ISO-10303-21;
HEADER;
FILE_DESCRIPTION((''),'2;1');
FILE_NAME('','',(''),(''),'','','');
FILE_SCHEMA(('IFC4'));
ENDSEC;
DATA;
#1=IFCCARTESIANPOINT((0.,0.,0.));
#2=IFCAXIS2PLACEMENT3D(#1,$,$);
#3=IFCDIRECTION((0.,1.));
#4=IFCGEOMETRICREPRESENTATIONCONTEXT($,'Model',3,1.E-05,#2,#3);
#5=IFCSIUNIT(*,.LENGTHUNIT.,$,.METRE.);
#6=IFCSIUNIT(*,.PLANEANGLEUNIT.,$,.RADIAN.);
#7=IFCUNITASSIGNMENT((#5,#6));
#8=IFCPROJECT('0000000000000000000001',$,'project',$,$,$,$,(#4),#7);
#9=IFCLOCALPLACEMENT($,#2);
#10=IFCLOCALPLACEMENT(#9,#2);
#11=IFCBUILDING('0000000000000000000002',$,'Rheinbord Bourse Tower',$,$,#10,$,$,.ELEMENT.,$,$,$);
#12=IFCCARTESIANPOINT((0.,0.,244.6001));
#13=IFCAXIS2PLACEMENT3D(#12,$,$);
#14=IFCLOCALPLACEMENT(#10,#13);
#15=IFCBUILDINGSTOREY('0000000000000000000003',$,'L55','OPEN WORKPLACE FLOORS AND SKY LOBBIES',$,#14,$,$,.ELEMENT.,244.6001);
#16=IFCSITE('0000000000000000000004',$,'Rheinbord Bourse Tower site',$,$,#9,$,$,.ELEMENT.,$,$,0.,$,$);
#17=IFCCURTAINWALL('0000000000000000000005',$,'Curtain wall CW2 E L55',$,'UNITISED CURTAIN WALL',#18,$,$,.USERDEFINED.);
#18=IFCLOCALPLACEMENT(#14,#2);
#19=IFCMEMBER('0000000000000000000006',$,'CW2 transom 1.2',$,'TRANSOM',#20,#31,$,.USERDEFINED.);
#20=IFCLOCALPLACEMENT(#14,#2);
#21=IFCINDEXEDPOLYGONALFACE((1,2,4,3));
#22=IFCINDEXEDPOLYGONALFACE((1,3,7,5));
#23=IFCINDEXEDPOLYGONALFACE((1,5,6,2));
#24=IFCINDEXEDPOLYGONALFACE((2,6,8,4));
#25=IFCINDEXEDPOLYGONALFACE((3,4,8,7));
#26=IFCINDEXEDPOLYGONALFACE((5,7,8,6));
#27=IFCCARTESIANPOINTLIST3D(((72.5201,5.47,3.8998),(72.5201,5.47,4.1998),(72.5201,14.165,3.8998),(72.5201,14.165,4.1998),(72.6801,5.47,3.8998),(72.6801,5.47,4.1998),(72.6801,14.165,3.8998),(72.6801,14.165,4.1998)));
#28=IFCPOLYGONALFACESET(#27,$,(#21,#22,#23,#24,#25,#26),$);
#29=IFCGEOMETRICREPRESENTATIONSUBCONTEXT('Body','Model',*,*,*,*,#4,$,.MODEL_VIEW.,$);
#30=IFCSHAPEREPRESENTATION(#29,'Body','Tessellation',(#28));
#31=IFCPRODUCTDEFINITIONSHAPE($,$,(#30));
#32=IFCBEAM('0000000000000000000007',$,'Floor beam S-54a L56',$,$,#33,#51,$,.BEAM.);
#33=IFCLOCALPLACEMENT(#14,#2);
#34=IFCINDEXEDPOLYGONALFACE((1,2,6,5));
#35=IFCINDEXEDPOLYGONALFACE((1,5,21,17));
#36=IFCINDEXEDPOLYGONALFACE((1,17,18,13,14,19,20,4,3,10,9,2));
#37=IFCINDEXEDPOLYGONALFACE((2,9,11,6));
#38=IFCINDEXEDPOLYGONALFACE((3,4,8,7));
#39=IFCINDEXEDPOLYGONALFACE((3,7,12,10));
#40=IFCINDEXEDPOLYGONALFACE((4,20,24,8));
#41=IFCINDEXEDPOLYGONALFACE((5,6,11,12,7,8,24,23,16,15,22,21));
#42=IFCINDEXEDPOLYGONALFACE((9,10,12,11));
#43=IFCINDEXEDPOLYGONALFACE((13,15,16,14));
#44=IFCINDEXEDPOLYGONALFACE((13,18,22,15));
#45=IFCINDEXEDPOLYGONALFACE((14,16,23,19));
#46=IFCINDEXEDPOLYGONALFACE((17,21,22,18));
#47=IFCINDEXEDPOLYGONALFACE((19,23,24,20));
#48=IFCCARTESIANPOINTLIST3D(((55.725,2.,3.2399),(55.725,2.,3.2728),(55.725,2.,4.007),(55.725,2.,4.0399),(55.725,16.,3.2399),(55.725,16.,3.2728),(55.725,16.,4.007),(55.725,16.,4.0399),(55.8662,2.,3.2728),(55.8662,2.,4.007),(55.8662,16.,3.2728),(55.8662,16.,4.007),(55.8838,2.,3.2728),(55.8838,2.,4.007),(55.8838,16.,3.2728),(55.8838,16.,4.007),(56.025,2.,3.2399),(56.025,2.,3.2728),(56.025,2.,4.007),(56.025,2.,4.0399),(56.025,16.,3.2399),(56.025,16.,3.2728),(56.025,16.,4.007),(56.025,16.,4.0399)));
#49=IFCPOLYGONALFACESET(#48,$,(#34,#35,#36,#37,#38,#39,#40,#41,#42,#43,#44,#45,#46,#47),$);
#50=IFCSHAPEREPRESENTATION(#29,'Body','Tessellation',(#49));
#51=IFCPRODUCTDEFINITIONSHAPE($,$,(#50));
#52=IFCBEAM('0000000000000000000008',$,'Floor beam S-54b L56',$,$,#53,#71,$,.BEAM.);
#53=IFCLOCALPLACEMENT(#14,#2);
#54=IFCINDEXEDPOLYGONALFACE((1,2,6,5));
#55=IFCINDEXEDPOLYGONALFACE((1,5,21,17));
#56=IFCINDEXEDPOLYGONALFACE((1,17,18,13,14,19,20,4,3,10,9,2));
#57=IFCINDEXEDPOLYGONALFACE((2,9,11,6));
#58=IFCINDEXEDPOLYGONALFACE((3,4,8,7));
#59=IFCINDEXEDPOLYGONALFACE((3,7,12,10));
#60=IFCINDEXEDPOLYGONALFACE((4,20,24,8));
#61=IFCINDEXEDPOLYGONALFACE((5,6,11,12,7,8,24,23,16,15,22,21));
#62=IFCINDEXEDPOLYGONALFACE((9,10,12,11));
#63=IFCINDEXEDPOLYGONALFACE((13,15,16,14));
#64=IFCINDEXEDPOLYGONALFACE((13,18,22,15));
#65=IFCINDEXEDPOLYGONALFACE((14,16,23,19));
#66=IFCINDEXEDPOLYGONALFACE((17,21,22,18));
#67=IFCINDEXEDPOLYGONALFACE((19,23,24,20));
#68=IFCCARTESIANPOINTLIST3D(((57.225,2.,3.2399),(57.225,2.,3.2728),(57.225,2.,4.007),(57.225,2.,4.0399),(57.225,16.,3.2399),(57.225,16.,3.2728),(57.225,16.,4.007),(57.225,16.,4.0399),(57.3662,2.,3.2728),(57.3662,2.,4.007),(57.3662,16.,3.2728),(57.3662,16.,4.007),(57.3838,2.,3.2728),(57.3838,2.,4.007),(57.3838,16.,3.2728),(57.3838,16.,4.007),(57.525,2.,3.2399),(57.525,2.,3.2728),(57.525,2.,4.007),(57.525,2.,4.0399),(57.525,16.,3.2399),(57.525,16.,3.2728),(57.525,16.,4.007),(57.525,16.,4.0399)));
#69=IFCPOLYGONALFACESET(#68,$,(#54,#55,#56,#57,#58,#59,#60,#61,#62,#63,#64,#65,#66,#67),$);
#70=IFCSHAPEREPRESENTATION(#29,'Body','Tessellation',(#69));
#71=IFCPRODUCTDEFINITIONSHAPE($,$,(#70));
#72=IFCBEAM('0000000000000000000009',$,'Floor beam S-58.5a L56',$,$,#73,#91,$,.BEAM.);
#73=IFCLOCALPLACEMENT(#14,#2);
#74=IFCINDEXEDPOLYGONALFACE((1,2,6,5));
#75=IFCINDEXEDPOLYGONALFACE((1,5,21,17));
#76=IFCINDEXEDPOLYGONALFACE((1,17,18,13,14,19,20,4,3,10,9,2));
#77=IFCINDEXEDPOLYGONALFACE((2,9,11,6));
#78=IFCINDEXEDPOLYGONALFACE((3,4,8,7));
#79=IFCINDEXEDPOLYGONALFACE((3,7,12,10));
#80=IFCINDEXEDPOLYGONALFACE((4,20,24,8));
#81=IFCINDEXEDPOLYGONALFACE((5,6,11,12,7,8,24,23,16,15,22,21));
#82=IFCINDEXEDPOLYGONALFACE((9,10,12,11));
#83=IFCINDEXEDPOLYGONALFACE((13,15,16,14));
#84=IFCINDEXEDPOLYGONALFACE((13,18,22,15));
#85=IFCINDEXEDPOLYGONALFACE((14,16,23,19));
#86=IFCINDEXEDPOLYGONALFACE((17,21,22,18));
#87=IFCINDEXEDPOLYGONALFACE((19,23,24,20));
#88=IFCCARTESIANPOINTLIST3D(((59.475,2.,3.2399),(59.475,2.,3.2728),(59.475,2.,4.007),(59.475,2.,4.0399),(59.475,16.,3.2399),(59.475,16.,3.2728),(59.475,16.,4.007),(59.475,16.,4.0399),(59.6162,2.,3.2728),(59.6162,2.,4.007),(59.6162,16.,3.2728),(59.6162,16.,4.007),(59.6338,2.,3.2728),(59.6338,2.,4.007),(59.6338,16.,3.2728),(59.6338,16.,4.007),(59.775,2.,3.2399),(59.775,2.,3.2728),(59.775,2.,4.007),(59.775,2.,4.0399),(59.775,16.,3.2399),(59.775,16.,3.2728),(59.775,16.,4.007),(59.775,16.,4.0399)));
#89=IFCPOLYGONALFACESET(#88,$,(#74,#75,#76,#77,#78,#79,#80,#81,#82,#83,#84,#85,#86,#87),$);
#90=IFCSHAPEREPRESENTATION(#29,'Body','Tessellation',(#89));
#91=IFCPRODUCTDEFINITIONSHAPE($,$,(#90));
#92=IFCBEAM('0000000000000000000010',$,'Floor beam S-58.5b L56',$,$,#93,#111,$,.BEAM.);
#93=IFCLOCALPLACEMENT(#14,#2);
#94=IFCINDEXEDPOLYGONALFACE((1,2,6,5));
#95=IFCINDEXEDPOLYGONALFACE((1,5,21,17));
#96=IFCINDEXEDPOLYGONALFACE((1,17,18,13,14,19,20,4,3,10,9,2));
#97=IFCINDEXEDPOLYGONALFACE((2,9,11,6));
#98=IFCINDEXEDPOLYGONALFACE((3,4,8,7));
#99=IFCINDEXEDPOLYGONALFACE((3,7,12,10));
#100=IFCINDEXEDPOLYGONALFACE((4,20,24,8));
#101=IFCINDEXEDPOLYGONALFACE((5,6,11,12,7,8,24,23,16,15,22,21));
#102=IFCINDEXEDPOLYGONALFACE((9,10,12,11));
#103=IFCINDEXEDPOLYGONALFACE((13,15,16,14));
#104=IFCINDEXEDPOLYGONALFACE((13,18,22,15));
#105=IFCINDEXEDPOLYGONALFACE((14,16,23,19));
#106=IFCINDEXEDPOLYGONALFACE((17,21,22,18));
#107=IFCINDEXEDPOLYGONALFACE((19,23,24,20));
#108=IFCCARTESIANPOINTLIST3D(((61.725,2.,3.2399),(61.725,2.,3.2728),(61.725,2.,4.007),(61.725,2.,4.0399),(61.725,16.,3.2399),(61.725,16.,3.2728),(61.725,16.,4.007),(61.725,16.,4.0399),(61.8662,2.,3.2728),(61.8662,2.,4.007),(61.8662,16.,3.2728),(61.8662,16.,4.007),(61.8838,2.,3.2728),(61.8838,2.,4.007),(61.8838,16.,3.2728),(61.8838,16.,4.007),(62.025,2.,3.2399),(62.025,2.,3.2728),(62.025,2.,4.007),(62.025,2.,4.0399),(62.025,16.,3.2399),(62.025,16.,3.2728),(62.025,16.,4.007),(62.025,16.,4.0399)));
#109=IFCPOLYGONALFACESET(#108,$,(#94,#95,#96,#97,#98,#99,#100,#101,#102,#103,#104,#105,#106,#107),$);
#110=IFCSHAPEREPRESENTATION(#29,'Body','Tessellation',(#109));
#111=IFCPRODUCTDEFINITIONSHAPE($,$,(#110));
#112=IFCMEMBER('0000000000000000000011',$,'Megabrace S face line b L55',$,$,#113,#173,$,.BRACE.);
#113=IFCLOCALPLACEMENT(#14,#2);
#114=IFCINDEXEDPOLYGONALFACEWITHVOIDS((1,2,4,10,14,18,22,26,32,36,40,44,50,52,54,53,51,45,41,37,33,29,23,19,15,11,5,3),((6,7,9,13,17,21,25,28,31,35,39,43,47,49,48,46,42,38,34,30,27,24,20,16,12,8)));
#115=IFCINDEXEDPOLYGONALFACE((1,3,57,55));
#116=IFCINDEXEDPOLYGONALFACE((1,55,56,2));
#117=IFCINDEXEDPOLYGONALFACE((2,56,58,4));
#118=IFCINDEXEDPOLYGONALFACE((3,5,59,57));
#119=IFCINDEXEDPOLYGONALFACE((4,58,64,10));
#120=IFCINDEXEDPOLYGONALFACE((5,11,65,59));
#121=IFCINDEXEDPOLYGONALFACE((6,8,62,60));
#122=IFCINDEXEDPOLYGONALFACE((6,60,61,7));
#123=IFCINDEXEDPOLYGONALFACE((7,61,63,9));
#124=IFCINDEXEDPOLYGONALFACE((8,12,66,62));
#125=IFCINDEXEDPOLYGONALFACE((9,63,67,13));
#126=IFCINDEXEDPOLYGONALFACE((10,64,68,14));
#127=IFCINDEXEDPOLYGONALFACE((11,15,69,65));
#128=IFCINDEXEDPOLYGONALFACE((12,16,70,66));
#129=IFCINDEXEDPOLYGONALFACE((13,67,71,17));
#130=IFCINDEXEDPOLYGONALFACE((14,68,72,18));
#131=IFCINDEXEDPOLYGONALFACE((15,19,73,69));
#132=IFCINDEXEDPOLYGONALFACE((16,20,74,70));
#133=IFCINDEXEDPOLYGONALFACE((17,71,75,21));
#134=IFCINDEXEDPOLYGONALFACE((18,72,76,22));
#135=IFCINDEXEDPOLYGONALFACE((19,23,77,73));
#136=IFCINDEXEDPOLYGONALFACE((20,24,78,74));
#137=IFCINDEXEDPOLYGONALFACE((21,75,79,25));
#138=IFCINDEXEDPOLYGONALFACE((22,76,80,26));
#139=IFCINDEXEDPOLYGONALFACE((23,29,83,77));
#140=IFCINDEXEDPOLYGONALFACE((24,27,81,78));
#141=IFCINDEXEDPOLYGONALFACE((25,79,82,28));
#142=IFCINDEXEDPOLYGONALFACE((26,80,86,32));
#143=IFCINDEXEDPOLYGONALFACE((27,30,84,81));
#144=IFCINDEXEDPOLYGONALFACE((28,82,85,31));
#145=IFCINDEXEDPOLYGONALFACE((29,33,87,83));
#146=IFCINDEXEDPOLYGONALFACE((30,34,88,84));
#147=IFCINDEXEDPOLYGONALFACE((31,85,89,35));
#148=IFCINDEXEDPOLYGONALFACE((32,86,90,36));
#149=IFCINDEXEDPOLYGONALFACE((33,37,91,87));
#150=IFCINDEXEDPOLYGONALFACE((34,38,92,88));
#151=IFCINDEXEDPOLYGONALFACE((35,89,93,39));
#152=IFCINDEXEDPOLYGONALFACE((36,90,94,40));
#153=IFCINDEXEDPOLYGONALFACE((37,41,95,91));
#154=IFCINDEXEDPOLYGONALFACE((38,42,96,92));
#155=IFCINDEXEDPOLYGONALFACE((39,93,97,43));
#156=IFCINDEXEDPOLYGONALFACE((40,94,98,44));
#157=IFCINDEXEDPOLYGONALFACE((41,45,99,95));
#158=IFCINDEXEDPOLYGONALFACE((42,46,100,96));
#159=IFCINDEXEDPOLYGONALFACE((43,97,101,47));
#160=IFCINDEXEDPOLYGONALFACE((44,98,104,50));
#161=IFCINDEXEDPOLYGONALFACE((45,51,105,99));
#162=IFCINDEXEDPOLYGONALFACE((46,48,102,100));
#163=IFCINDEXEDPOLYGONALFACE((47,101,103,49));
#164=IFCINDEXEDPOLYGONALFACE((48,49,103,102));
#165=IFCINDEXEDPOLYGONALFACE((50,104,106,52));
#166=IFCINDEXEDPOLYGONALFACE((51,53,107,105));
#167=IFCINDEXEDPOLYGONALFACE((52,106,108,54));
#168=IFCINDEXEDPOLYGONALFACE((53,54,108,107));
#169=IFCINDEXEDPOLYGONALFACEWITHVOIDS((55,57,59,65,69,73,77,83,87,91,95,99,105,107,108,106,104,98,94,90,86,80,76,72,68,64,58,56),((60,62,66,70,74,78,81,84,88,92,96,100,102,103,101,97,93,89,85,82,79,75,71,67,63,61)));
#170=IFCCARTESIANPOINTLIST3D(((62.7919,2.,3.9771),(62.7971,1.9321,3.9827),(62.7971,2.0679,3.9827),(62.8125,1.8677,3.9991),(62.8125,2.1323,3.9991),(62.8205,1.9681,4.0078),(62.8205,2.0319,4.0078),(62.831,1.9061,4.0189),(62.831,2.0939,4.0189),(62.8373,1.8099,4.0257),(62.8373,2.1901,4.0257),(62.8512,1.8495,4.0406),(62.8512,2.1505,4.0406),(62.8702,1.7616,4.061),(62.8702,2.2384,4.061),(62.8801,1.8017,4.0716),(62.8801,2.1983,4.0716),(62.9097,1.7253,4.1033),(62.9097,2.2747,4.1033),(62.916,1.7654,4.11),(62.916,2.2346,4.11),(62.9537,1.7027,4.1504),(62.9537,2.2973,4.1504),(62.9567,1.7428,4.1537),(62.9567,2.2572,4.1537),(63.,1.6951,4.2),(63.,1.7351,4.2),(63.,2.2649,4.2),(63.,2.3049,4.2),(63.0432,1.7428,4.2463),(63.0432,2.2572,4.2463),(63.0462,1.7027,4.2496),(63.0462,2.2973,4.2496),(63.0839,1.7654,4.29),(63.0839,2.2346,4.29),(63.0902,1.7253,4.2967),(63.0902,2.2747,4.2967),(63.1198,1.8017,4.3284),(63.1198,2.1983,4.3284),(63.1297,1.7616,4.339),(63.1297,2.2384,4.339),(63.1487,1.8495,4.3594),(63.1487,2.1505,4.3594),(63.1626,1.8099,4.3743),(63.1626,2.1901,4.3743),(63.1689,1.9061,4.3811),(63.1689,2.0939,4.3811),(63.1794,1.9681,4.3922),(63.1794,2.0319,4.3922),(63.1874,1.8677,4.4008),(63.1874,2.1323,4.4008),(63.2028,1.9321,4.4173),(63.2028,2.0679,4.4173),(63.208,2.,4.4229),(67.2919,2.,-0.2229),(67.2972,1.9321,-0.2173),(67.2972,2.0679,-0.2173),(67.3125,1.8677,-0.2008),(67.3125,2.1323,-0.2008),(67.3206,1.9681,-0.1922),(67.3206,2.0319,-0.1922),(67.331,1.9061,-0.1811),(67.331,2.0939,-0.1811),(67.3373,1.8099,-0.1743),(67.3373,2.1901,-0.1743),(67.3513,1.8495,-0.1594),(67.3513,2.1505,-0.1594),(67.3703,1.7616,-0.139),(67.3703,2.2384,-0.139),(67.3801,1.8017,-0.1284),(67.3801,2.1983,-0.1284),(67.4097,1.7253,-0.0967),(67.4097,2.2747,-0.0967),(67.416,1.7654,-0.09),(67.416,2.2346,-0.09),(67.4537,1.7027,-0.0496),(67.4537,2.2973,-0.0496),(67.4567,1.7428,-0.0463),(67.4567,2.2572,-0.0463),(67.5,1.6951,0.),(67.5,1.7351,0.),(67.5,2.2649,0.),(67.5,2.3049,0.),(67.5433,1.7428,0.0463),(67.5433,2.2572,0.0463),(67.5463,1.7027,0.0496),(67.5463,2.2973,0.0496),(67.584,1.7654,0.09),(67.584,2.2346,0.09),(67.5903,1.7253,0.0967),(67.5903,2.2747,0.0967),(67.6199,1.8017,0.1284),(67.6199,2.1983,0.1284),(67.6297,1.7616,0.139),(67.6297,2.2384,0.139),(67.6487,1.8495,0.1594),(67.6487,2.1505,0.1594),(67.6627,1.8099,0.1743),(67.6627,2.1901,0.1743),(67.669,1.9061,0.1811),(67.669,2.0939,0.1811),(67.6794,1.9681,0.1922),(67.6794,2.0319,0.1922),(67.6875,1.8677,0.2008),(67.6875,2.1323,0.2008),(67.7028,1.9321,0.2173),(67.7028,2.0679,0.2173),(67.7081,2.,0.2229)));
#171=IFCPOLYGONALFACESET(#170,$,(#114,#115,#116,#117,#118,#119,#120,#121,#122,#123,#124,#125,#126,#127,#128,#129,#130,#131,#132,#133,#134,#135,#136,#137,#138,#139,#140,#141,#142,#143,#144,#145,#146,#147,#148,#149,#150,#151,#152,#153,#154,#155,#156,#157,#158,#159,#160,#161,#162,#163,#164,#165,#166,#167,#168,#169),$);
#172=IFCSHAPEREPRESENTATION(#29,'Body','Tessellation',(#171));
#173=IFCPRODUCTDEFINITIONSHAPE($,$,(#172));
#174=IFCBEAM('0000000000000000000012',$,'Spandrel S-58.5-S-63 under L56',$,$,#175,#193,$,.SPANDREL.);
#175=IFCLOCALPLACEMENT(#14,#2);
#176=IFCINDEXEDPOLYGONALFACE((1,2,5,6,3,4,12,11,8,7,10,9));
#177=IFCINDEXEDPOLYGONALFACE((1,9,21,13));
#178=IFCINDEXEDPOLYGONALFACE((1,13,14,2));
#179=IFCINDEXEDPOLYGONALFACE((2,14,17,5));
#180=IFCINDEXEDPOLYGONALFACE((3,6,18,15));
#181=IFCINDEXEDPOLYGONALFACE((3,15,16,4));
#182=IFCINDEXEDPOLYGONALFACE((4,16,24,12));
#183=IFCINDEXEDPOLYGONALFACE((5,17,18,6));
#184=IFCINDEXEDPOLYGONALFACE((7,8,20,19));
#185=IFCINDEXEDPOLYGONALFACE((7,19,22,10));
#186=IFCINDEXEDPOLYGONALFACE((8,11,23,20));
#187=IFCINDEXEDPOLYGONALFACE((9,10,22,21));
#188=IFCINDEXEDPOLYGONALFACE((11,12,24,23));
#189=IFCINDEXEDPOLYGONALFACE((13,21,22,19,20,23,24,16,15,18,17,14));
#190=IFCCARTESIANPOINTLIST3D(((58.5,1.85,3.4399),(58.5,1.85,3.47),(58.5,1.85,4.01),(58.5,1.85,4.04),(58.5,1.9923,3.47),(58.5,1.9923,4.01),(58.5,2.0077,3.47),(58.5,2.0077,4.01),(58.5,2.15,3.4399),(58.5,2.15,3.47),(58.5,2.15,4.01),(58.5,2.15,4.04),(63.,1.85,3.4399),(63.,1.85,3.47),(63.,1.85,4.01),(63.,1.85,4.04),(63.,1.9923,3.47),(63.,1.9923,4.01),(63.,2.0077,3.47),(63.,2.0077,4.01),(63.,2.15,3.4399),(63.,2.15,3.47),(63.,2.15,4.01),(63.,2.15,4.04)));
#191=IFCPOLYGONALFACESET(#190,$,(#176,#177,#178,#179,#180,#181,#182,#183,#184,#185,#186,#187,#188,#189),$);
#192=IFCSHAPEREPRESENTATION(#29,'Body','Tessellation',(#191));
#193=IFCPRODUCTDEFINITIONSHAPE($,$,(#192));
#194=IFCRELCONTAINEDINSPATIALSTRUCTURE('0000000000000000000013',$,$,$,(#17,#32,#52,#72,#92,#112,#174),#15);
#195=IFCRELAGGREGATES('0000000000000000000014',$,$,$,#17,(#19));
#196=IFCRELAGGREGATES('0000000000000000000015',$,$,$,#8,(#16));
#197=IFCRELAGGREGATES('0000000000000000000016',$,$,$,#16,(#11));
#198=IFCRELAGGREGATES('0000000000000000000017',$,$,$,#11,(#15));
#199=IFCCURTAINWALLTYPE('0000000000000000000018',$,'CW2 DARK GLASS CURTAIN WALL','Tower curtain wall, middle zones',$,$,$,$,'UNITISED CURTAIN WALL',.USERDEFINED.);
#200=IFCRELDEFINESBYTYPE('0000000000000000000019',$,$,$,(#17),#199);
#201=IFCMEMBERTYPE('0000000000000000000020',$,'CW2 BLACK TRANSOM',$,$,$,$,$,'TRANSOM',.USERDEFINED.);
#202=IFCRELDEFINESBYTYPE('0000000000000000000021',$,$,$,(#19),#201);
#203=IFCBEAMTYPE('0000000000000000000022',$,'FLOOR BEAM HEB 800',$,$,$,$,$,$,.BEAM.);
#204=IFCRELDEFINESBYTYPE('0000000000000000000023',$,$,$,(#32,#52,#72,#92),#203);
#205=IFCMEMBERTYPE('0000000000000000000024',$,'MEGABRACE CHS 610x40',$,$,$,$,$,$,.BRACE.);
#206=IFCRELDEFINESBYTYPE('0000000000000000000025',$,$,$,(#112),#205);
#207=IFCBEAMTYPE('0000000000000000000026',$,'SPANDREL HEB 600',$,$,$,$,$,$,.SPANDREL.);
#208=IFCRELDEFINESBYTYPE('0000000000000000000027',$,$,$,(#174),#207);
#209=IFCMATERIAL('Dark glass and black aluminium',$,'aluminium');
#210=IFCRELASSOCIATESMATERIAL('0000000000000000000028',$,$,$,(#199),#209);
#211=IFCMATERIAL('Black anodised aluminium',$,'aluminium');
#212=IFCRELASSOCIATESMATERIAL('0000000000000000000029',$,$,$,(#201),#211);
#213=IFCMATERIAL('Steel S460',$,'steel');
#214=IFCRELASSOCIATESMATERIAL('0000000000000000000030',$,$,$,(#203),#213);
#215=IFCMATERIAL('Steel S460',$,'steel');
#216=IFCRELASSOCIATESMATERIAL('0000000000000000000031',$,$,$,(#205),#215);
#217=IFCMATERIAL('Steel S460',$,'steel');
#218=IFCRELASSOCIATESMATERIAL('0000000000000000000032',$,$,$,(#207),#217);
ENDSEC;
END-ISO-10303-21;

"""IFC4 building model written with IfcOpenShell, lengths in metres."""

from ifc_helpers import new_model, si_unit, direction, frame, origin, origin_2d, place, context, subcontext, project, spatial, rectangle, hollow_circle, i_section, extrude, material, material_profile, profile_set, type_object, element, aggregate, save


model = new_model("IFC4")

# Units and contexts
model_context = context("Model", 3, precision=1e-05, world=origin(), true_north=direction((0.0, 1.0)))
body_context = subcontext(model_context, "Body", "Model", "MODEL_VIEW")
ifc_project = project(units=[si_unit("LENGTHUNIT", "METRE"), si_unit("PLANEANGLEUNIT", "RADIAN")], contexts=[model_context])

# Site, building, storey
site_placement = place(None, origin())
site = spatial("IfcSite", under=ifc_project, at=site_placement, Name="Rheinbord Bourse Tower site", CompositionType="ELEMENT", RefElevation=0.0)
building_placement = place(site_placement, origin())
building = spatial("IfcBuilding", under=site, at=building_placement, Name="Rheinbord Bourse Tower", CompositionType="ELEMENT")
storey_placement = place(building_placement, frame((0.0, 0.0, 244.6001)))
storey = spatial("IfcBuildingStorey", under=building, at=storey_placement, Name="L55", Description="OPEN WORKPLACE FLOORS AND SKY LOBBIES", CompositionType="ELEMENT", Elevation=244.6001)

# Shared definitions
ifc_material_1 = material(Name="Dark glass and black aluminium", Category="aluminium")
curtain_wall_type = type_object("IfcCurtainWallType", Name="CW2 DARK GLASS CURTAIN WALL", Description="Tower curtain wall, middle zones", ElementType="UNITISED CURTAIN WALL", PredefinedType="USERDEFINED", material=ifc_material_1)

# Curtain wall
curtain_wall_1_placement = place(storey_placement, origin())
curtain_wall_1 = element("IfcCurtainWall", 1, at=curtain_wall_1_placement, inside=storey, type_object=curtain_wall_type, Name="Curtain wall CW2 E L55", ObjectType="UNITISED CURTAIN WALL", PredefinedType="USERDEFINED")

# Member
ifc_material_2 = material(Name="Black anodised aluminium", Category="aluminium")
ifc_material_profile_1 = material_profile(ifc_material_2, rectangle(XDim=0.1599, YDim=0.3, at=origin_2d()), Name="CW2 TRANSOM 300x160")
ifc_profile_set_1 = profile_set([ifc_material_profile_1], Name="Black anodised aluminium")
member_type_1 = type_object("IfcMemberType", Name="CW2 BLACK TRANSOM", ElementType="TRANSOM", PredefinedType="USERDEFINED", material=ifc_profile_set_1)
member_1_placement = place(storey_placement, frame((72.6001, 5.47, 4.0498), z_axis=(0.0, 1.0, 0.0), x_axis=(-1.0, 0.0, 0.0)))
member_1 = element("IfcMember", 2, at=member_1_placement, type_object=member_type_1, Name="CW2 transom 1.2", ObjectType="TRANSOM", PredefinedType="USERDEFINED", context=body_context, shape_type="SweptSolid", body=[
    extrude(rectangle(XDim=0.1599, YDim=0.3, at=origin_2d()), origin(), (0.0, 0.0, 1.0), 8.6951),
])

# Beams
ifc_material_3 = material(Name="Steel S460", Category="steel")
ifc_material_profile_2 = material_profile(ifc_material_3, i_section(OverallWidth=0.3, OverallDepth=0.8, WebThickness=0.0176, FlangeThickness=0.033, at=origin_2d()), Name="HEB 800")
ifc_profile_set_2 = profile_set([ifc_material_profile_2], Name="Steel S460")
beam_type_1 = type_object("IfcBeamType", Name="FLOOR BEAM HEB 800", PredefinedType="BEAM", material=ifc_profile_set_2)
for number, where, z_axis, x_axis, name in (
    (3, (55.875, 2.0, 3.6399), (0.0, 1.0, 0.0), (-1.0, 0.0, 0.0), "Floor beam S-54a L56"),
    (4, (57.375, 2.0, 3.6399), (0.0, 1.0, 0.0), (-1.0, 0.0, 0.0), "Floor beam S-54b L56"),
    (5, (59.625, 2.0, 3.6399), (0.0, 1.0, 0.0), (-1.0, 0.0, 0.0), "Floor beam S-58.5a L56"),
    (6, (61.875, 2.0, 3.6399), (0.0, 1.0, 0.0), (-1.0, 0.0, 0.0), "Floor beam S-58.5b L56"),
):
    element("IfcBeam", number, at=place(storey_placement, frame(where, z_axis=z_axis, x_axis=x_axis)), inside=storey, type_object=beam_type_1, Name=name, PredefinedType="BEAM", context=body_context, shape_type="SweptSolid", body=[
        extrude(i_section(OverallWidth=0.3, OverallDepth=0.8, WebThickness=0.0176, FlangeThickness=0.033, at=origin_2d()), origin(), (0.0, 0.0, 1.0), 14.0),
    ])

# Member
ifc_material_4 = material(Name="Steel S460", Category="steel")
ifc_material_profile_3 = material_profile(ifc_material_4, hollow_circle(Radius=0.3049, WallThickness=0.04, at=origin_2d()), Name="CHS 610x40")
ifc_profile_set_3 = profile_set([ifc_material_profile_3], Name="Steel S460")
member_type_2 = type_object("IfcMemberType", Name="MEGABRACE CHS 610x40", PredefinedType="BRACE", material=ifc_profile_set_3)
member_2_placement = place(storey_placement, frame((67.5, 2.0, 0.0), z_axis=(-0.731059, 0.0, 0.682314), x_axis=(0.0, -1.0, 0.0)))
element("IfcMember", 7, at=member_2_placement, inside=storey, type_object=member_type_2, Name="Megabrace S face line b L55", PredefinedType="BRACE", context=body_context, shape_type="SweptSolid", body=[
    extrude(hollow_circle(Radius=0.3049, WallThickness=0.04, at=origin_2d()), origin(), (0.0, 0.0, 1.0), 6.1555),
])

# Beam
ifc_material_5 = material(Name="Steel S460", Category="steel")
ifc_material_profile_4 = material_profile(ifc_material_5, i_section(OverallWidth=0.3, OverallDepth=0.6001, WebThickness=0.0154, FlangeThickness=0.03, at=origin_2d()), Name="HEB 600")
ifc_profile_set_4 = profile_set([ifc_material_profile_4], Name="Steel S460")
beam_type_2 = type_object("IfcBeamType", Name="SPANDREL HEB 600", PredefinedType="SPANDREL", material=ifc_profile_set_4)
for number, where, z_axis, x_axis, name in (
    (8, (58.5, 2.0, 3.74), (1.0, 0.0, 0.0), (0.0, 1.0, 0.0), "Spandrel S-58.5-S-63 under L56"),
):
    element("IfcBeam", number, at=place(storey_placement, frame(where, z_axis=z_axis, x_axis=x_axis)), inside=storey, type_object=beam_type_2, Name=name, PredefinedType="SPANDREL", context=body_context, shape_type="SweptSolid", body=[
        extrude(i_section(OverallWidth=0.3, OverallDepth=0.6001, WebThickness=0.0154, FlangeThickness=0.03, at=origin_2d()), origin(), (0.0, 0.0, 1.0), 4.5),
    ])

aggregate(curtain_wall_1, [member_1])

save(model, "model.ifc")
